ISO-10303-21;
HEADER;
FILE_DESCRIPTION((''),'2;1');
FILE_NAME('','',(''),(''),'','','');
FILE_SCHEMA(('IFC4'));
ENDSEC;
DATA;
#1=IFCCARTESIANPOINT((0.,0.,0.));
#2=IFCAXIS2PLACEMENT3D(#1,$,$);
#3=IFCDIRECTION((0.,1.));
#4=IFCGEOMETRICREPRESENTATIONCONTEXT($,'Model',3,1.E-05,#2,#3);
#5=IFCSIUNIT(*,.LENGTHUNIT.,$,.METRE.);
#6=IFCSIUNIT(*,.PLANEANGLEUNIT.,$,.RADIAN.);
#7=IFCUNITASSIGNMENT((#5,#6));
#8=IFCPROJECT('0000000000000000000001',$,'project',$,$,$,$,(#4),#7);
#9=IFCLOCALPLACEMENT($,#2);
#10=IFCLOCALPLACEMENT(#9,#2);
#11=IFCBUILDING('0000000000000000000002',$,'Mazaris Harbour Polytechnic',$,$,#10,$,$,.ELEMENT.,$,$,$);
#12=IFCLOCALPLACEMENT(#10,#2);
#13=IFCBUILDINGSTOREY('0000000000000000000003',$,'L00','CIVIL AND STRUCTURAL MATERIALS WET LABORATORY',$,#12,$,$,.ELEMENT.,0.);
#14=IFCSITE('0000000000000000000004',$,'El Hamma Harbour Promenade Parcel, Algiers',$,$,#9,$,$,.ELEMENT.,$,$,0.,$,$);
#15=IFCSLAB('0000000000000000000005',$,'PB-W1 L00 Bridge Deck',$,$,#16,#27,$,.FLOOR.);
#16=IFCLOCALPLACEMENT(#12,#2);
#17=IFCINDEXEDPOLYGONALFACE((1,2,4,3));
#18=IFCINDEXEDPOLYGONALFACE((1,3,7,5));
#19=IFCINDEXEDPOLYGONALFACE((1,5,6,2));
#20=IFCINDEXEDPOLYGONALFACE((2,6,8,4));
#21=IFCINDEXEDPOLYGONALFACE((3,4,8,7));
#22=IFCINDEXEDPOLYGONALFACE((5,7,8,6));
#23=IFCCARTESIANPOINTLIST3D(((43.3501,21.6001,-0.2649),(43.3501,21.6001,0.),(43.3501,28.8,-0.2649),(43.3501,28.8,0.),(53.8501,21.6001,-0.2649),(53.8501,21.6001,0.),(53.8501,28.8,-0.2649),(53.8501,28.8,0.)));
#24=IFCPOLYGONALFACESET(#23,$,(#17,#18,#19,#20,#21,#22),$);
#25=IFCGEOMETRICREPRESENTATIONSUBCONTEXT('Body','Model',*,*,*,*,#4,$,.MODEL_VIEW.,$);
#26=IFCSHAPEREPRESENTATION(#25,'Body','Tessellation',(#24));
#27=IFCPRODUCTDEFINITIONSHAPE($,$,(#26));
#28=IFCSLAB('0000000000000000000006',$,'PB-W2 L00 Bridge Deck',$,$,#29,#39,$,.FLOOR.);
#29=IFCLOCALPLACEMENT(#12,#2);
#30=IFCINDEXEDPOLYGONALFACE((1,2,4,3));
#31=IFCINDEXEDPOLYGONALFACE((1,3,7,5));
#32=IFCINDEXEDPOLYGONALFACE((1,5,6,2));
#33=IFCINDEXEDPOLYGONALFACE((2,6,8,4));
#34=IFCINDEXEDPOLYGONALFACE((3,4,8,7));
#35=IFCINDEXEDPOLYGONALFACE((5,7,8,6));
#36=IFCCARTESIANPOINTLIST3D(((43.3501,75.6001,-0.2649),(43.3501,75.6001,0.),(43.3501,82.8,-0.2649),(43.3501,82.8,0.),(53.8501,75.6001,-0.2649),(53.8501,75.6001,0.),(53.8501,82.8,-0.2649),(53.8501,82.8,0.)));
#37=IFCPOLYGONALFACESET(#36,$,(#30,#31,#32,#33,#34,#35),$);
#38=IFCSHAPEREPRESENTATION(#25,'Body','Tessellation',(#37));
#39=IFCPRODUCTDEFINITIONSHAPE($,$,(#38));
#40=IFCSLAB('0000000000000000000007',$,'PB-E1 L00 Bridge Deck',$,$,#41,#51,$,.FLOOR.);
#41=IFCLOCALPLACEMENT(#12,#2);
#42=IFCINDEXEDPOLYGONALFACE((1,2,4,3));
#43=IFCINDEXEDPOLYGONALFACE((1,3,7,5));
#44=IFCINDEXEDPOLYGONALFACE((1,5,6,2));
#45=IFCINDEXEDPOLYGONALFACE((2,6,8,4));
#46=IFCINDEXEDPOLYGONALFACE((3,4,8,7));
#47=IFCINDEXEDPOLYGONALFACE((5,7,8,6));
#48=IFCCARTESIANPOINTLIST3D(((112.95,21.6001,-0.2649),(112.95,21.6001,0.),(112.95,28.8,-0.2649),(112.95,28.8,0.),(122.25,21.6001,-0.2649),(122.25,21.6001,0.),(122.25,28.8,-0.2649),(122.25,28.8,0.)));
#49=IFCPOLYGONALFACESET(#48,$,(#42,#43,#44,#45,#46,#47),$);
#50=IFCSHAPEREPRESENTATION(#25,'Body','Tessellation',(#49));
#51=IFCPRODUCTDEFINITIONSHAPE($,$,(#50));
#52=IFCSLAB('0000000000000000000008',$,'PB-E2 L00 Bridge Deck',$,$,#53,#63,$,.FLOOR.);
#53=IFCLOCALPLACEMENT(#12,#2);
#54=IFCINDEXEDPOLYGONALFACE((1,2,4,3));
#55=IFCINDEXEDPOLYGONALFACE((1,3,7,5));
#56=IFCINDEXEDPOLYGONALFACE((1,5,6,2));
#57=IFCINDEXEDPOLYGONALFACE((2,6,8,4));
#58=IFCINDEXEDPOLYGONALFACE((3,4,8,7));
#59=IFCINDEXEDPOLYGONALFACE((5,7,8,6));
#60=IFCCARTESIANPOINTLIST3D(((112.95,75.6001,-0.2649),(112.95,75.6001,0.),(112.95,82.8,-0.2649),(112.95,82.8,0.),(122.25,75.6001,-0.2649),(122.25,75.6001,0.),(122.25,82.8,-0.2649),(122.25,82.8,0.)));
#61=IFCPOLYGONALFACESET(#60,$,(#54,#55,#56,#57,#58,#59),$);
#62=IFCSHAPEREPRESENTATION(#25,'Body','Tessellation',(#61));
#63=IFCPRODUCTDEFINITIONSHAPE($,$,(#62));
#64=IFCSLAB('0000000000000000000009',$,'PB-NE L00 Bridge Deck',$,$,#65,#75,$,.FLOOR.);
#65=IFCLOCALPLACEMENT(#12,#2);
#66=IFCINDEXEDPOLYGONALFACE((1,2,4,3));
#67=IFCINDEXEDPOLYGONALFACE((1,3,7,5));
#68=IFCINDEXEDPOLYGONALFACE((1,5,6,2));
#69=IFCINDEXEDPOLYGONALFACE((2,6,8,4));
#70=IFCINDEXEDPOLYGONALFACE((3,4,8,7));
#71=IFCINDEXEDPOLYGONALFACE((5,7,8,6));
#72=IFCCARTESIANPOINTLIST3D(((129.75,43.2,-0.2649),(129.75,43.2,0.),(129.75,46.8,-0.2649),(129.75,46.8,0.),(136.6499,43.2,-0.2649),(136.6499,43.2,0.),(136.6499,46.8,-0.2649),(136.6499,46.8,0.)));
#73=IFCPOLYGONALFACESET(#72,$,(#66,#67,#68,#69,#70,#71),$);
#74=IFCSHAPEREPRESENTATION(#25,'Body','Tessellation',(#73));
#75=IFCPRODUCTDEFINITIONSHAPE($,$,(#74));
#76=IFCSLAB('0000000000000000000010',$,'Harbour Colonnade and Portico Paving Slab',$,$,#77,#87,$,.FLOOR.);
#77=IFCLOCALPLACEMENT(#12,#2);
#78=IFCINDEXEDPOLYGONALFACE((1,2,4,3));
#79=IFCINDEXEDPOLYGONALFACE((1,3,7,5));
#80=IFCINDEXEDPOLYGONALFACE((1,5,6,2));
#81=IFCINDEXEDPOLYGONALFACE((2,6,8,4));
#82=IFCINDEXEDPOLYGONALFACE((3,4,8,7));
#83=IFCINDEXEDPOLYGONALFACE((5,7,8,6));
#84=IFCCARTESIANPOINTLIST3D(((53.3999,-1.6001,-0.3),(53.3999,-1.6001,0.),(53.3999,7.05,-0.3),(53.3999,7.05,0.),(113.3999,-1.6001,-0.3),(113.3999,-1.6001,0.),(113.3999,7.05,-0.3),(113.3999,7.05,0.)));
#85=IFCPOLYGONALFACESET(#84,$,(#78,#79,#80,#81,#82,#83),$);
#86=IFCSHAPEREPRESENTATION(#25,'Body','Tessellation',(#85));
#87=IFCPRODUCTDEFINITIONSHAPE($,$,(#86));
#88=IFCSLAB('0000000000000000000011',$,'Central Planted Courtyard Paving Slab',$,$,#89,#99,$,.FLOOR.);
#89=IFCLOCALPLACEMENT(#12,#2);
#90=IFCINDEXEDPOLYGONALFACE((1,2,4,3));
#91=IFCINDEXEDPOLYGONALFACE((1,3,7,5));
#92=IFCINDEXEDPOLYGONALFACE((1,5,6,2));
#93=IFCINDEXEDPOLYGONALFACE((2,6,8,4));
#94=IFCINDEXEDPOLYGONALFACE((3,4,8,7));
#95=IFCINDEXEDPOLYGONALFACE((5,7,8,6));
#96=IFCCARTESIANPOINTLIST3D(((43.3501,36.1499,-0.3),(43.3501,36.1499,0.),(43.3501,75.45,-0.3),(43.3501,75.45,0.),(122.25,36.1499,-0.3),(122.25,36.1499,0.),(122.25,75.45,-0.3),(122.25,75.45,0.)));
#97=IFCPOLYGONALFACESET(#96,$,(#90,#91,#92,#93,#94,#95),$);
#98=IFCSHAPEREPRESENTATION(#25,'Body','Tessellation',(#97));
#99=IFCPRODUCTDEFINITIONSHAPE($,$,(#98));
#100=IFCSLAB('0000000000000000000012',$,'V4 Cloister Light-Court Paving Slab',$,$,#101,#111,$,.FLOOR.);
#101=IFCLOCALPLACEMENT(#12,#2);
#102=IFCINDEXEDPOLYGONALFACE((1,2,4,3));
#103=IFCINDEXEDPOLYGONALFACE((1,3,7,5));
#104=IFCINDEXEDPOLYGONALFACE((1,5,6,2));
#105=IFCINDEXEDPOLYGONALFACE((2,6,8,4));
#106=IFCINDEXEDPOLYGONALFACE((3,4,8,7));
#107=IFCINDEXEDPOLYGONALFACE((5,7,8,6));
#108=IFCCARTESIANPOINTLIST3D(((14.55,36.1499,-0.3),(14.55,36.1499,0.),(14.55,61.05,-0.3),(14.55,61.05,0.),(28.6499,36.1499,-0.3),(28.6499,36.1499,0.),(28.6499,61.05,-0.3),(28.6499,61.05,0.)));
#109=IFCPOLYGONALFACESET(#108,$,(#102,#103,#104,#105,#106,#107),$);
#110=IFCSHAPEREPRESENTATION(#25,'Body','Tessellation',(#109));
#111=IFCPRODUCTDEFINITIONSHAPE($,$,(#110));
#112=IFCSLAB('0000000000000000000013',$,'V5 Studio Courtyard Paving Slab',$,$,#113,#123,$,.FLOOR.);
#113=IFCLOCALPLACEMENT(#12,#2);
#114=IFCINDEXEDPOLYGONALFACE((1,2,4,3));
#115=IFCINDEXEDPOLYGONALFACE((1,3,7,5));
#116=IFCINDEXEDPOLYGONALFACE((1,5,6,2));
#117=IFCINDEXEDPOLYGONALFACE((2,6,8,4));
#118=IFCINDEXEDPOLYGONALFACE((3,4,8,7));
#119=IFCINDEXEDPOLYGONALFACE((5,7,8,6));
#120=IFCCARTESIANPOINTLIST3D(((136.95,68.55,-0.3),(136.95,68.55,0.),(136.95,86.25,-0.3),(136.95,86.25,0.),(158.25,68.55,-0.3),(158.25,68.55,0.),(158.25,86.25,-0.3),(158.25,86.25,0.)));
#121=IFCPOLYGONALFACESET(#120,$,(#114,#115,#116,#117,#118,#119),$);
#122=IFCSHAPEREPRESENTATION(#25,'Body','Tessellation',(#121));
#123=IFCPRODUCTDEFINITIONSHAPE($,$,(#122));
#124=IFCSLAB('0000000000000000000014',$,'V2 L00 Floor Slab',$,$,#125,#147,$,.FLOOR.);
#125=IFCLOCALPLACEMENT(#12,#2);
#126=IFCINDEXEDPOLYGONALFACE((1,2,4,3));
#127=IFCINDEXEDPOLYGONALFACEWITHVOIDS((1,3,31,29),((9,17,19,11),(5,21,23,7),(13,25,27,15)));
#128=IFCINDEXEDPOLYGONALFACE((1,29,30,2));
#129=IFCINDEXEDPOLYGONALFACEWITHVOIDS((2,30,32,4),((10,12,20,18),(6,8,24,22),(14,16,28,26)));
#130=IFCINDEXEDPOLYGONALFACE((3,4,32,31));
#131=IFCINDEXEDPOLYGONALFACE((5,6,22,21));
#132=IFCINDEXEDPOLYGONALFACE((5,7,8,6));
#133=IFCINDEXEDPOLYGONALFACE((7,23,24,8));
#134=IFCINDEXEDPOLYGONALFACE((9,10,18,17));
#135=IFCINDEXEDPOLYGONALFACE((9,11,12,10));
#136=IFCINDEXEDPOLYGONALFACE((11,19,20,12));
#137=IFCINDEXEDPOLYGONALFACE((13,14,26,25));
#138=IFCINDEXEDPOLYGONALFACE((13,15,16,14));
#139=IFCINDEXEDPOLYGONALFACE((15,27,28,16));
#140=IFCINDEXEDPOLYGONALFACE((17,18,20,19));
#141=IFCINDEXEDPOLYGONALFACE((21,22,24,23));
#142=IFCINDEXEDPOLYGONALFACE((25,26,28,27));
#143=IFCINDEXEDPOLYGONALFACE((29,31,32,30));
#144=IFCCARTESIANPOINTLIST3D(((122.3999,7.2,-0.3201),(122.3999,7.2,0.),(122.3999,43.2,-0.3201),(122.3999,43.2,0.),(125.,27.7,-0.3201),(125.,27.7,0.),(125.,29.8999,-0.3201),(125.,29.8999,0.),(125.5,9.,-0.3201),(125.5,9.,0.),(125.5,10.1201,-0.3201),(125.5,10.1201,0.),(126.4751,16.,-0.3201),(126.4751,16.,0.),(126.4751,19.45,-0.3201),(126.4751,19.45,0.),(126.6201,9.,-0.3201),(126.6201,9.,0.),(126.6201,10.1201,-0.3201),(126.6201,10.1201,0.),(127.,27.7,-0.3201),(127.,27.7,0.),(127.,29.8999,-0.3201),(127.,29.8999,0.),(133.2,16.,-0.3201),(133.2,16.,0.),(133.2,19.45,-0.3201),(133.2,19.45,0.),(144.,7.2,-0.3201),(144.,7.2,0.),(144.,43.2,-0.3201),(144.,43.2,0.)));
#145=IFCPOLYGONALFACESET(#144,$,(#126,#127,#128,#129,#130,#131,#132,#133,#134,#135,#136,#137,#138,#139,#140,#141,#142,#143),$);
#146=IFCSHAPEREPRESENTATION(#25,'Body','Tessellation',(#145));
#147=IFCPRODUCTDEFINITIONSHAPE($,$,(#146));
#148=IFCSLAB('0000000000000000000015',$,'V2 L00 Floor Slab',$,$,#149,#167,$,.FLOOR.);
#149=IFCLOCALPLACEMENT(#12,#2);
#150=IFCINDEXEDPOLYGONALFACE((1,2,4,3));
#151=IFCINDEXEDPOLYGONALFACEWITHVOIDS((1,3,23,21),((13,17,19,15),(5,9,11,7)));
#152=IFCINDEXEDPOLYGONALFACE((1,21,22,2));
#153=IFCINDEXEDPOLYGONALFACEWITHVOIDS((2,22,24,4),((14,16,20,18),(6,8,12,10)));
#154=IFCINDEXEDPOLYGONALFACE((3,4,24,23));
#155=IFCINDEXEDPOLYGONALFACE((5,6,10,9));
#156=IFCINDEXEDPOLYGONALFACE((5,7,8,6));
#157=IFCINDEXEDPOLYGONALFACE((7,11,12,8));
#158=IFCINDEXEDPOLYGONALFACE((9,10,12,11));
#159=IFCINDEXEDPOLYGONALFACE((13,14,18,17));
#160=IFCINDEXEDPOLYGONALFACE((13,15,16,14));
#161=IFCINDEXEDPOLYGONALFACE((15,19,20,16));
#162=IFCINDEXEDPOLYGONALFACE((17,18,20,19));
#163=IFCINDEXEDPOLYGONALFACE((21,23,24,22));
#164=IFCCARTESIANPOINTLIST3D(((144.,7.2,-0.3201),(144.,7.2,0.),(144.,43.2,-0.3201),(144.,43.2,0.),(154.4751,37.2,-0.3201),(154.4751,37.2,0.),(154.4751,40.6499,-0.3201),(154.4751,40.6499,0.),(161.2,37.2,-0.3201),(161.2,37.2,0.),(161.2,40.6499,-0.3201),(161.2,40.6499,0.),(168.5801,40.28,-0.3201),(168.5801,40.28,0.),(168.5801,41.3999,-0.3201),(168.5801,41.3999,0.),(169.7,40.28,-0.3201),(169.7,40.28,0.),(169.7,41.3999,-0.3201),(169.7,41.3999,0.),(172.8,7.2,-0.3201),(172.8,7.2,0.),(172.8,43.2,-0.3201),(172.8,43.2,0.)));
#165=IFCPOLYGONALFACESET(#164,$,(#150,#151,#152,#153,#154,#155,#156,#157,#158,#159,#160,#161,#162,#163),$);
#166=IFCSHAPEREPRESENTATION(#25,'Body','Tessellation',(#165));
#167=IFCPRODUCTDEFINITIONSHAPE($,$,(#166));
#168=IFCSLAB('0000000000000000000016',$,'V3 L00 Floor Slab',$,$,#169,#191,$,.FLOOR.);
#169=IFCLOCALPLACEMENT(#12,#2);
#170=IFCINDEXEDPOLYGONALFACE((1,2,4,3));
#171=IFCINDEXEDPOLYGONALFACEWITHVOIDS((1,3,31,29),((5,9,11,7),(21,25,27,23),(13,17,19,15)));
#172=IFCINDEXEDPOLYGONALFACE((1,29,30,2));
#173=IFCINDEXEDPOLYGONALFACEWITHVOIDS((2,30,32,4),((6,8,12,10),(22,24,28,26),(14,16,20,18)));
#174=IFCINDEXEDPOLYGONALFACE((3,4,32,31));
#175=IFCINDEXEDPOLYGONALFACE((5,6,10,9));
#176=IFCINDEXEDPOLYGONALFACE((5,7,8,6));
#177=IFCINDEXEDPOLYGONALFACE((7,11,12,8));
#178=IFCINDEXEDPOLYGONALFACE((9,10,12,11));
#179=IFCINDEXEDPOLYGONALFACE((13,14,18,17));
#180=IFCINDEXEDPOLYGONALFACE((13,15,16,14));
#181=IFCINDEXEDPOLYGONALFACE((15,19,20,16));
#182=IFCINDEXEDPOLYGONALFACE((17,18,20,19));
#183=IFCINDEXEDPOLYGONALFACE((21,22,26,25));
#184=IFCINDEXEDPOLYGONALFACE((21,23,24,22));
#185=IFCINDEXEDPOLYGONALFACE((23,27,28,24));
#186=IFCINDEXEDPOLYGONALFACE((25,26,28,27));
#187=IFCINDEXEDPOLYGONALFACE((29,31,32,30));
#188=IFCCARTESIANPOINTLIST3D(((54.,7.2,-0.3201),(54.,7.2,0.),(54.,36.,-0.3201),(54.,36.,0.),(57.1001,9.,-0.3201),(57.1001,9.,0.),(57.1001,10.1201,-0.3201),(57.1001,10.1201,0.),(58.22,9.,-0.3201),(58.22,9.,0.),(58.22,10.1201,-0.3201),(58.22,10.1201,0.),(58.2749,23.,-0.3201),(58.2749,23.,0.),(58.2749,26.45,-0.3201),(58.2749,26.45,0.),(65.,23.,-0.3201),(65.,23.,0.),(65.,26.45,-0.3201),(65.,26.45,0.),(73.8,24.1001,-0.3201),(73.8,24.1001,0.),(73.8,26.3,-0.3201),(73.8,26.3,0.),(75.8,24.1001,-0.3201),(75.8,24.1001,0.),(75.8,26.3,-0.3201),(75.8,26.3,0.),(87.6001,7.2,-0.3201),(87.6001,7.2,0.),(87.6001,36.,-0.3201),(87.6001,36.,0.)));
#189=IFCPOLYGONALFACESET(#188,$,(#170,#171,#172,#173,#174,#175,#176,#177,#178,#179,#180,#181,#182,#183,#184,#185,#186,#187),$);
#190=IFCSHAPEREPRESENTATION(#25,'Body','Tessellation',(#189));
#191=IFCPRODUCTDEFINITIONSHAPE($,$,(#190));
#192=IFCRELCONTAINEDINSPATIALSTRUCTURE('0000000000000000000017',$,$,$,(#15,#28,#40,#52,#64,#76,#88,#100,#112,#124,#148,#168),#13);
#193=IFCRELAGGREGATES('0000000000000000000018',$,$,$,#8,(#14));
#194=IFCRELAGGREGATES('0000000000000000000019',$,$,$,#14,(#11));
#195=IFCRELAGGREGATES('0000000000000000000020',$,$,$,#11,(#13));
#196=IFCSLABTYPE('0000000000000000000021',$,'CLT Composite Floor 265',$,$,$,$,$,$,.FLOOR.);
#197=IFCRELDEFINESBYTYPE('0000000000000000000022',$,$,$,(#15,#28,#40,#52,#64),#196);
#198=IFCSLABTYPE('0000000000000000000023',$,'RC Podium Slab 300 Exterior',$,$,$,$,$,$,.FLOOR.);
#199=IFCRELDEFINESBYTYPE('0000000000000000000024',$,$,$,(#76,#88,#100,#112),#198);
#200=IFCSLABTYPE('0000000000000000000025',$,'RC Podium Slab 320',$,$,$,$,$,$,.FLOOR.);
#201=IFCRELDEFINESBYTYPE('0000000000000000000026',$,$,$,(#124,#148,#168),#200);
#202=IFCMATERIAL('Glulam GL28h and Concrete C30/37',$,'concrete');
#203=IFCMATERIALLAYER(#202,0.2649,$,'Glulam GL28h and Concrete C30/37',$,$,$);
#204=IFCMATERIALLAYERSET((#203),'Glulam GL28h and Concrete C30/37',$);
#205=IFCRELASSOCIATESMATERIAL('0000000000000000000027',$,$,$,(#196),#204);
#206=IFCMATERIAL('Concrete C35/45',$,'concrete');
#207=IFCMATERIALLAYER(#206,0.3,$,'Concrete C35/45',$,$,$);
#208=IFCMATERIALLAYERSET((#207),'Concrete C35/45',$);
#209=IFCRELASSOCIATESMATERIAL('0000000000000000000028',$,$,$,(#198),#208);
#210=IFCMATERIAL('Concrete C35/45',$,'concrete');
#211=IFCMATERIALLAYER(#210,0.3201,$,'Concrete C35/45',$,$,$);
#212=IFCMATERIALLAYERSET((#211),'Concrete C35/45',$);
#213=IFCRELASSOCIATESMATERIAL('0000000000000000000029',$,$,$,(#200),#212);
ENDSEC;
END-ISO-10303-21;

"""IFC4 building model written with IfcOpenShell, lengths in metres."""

from ifc_helpers import new_model, si_unit, direction, frame, origin, place, context, subcontext, project, spatial, polyline, outline, extrude, material, layer, layer_set, type_object, element, save


model = new_model("IFC4")

# Units and contexts
model_context = context("Model", 3, precision=1e-05, world=origin(), true_north=direction((0.0, 1.0)))
body_context = subcontext(model_context, "Body", "Model", "MODEL_VIEW")
ifc_project = project(units=[si_unit("LENGTHUNIT", "METRE"), si_unit("PLANEANGLEUNIT", "RADIAN")], contexts=[model_context])

# Site, building, storey
site_placement = place(None, origin())
site = spatial("IfcSite", under=ifc_project, at=site_placement, Name="El Hamma Harbour Promenade Parcel, Algiers", CompositionType="ELEMENT", RefElevation=0.0)
building_placement = place(site_placement, origin())
building = spatial("IfcBuilding", under=site, at=building_placement, Name="Mazaris Harbour Polytechnic", CompositionType="ELEMENT")
storey_placement = place(building_placement, origin())
storey = spatial("IfcBuildingStorey", under=building, at=storey_placement, Name="L00", Description="CIVIL AND STRUCTURAL MATERIALS WET LABORATORY", CompositionType="ELEMENT", Elevation=0.0)

# Slabs
ifc_material_1 = material(Name="Glulam GL28h and Concrete C30/37", Category="concrete")
ifc_layer_1 = layer(ifc_material_1, 0.2649, Name="Glulam GL28h and Concrete C30/37")
ifc_layer_set_1 = layer_set([ifc_layer_1], Name="Glulam GL28h and Concrete C30/37")
slab_type_1 = type_object("IfcSlabType", Name="CLT Composite Floor 265", PredefinedType="FLOOR", material=ifc_layer_set_1)
slab_1_placement = place(storey_placement, frame((0.0, 0.0, -0.2649)))
element("IfcSlab", 1, at=slab_1_placement, inside=storey, type_object=slab_type_1, Name="PB-W1 L00 Bridge Deck", PredefinedType="FLOOR", context=body_context, shape_type="SweptSolid", body=[
    extrude(outline(polyline([(53.8501, 21.6001), (53.8501, 28.8), (43.3501, 28.8), (43.3501, 21.6001), (53.8501, 21.6001)])), origin(), (0.0, 0.0, 1.0), 0.2649),
])
slab_2_placement = place(storey_placement, frame((0.0, 0.0, -0.2649)))
element("IfcSlab", 2, at=slab_2_placement, inside=storey, type_object=slab_type_1, Name="PB-W2 L00 Bridge Deck", PredefinedType="FLOOR", context=body_context, shape_type="SweptSolid", body=[
    extrude(outline(polyline([(53.8501, 75.6001), (53.8501, 82.8), (43.3501, 82.8), (43.3501, 75.6001), (53.8501, 75.6001)])), origin(), (0.0, 0.0, 1.0), 0.2649),
])
slab_3_placement = place(storey_placement, frame((0.0, 0.0, -0.2649)))
element("IfcSlab", 3, at=slab_3_placement, inside=storey, type_object=slab_type_1, Name="PB-E1 L00 Bridge Deck", PredefinedType="FLOOR", context=body_context, shape_type="SweptSolid", body=[
    extrude(outline(polyline([(122.25, 21.6001), (122.25, 28.8), (112.95, 28.8), (112.95, 21.6001), (122.25, 21.6001)])), origin(), (0.0, 0.0, 1.0), 0.2649),
])
slab_4_placement = place(storey_placement, frame((0.0, 0.0, -0.2649)))
element("IfcSlab", 4, at=slab_4_placement, inside=storey, type_object=slab_type_1, Name="PB-E2 L00 Bridge Deck", PredefinedType="FLOOR", context=body_context, shape_type="SweptSolid", body=[
    extrude(outline(polyline([(122.25, 75.6001), (122.25, 82.8), (112.95, 82.8), (112.95, 75.6001), (122.25, 75.6001)])), origin(), (0.0, 0.0, 1.0), 0.2649),
])
slab_5_placement = place(storey_placement, frame((0.0, 0.0, -0.2649)))
element("IfcSlab", 5, at=slab_5_placement, inside=storey, type_object=slab_type_1, Name="PB-NE L00 Bridge Deck", PredefinedType="FLOOR", context=body_context, shape_type="SweptSolid", body=[
    extrude(outline(polyline([(136.6499, 43.2), (136.6499, 46.8), (129.75, 46.8), (129.75, 43.2), (136.6499, 43.2)])), origin(), (0.0, 0.0, 1.0), 0.2649),
])
ifc_material_2 = material(Name="Concrete C35/45", Category="concrete")
ifc_layer_2 = layer(ifc_material_2, 0.3, Name="Concrete C35/45")
ifc_layer_set_2 = layer_set([ifc_layer_2], Name="Concrete C35/45")
slab_type_2 = type_object("IfcSlabType", Name="RC Podium Slab 300 Exterior", PredefinedType="FLOOR", material=ifc_layer_set_2)
slab_6_placement = place(storey_placement, frame((0.0, 0.0, -0.3)))
element("IfcSlab", 6, at=slab_6_placement, inside=storey, type_object=slab_type_2, Name="Harbour Colonnade and Portico Paving Slab", PredefinedType="FLOOR", context=body_context, shape_type="SweptSolid", body=[
    extrude(outline(polyline([(113.3999, -1.6001), (113.3999, 7.05), (53.3999, 7.05), (53.3999, -1.6001), (113.3999, -1.6001)])), origin(), (0.0, 0.0, 1.0), 0.3),
])
slab_7_placement = place(storey_placement, frame((0.0, 0.0, -0.3)))
element("IfcSlab", 7, at=slab_7_placement, inside=storey, type_object=slab_type_2, Name="Central Planted Courtyard Paving Slab", PredefinedType="FLOOR", context=body_context, shape_type="SweptSolid", body=[
    extrude(outline(polyline([(122.25, 36.1499), (122.25, 75.45), (43.3501, 75.45), (43.3501, 36.1499), (122.25, 36.1499)])), origin(), (0.0, 0.0, 1.0), 0.3),
])
slab_8_placement = place(storey_placement, frame((0.0, 0.0, -0.3)))
element("IfcSlab", 8, at=slab_8_placement, inside=storey, type_object=slab_type_2, Name="V4 Cloister Light-Court Paving Slab", PredefinedType="FLOOR", context=body_context, shape_type="SweptSolid", body=[
    extrude(outline(polyline([(28.6499, 36.1499), (28.6499, 61.05), (14.55, 61.05), (14.55, 36.1499), (28.6499, 36.1499)])), origin(), (0.0, 0.0, 1.0), 0.3),
])
slab_9_placement = place(storey_placement, frame((0.0, 0.0, -0.3)))
element("IfcSlab", 9, at=slab_9_placement, inside=storey, type_object=slab_type_2, Name="V5 Studio Courtyard Paving Slab", PredefinedType="FLOOR", context=body_context, shape_type="SweptSolid", body=[
    extrude(outline(polyline([(158.25, 68.55), (158.25, 86.25), (136.95, 86.25), (136.95, 68.55), (158.25, 68.55)])), origin(), (0.0, 0.0, 1.0), 0.3),
])
ifc_material_3 = material(Name="Concrete C35/45", Category="concrete")
ifc_layer_3 = layer(ifc_material_3, 0.3201, Name="Concrete C35/45")
ifc_layer_set_3 = layer_set([ifc_layer_3], Name="Concrete C35/45")
slab_type_3 = type_object("IfcSlabType", Name="RC Podium Slab 320", PredefinedType="FLOOR", material=ifc_layer_set_3)
slab_10_placement = place(storey_placement, frame((0.0, 0.0, -0.3201)))
element("IfcSlab", 10, at=slab_10_placement, inside=storey, type_object=slab_type_3, Name="V2 L00 Floor Slab", PredefinedType="FLOOR", context=body_context, shape_type="SweptSolid", body=[
    extrude(outline(polyline([(122.3999, 43.2), (144.0, 43.2), (144.0, 7.2), (122.3999, 7.2), (122.3999, 43.2)]), holes=[polyline([(126.4751, 19.45), (126.4751, 16.0), (133.2, 16.0), (133.2, 19.45), (126.4751, 19.45)]), polyline([(127.0, 27.7), (127.0, 29.8999), (125.0, 29.8999), (125.0, 27.7), (127.0, 27.7)]), polyline([(125.5, 9.0), (126.6201, 9.0), (126.6201, 10.1201), (125.5, 10.1201), (125.5, 9.0)])]), origin(), (0.0, 0.0, 1.0), 0.3201),
])
slab_11_placement = place(storey_placement, frame((0.0, 0.0, -0.3201)))
element("IfcSlab", 11, at=slab_11_placement, inside=storey, type_object=slab_type_3, Name="V2 L00 Floor Slab", PredefinedType="FLOOR", context=body_context, shape_type="SweptSolid", body=[
    extrude(outline(polyline([(172.8, 43.2), (172.8, 7.2), (144.0, 7.2), (144.0, 43.2), (172.8, 43.2)]), holes=[polyline([(161.2, 40.6499), (154.4751, 40.6499), (154.4751, 37.2), (161.2, 37.2), (161.2, 40.6499)]), polyline([(168.5801, 41.3999), (168.5801, 40.28), (169.7, 40.28), (169.7, 41.3999), (168.5801, 41.3999)])]), origin(), (0.0, 0.0, 1.0), 0.3201),
])
slab_12_placement = place(storey_placement, frame((0.0, 0.0, -0.3201)))
element("IfcSlab", 12, at=slab_12_placement, inside=storey, type_object=slab_type_3, Name="V3 L00 Floor Slab", PredefinedType="FLOOR", context=body_context, shape_type="SweptSolid", body=[
    extrude(outline(polyline([(54.0, 36.0), (87.6001, 36.0), (87.6001, 7.2), (54.0, 7.2), (54.0, 36.0)]), holes=[polyline([(58.2749, 26.45), (58.2749, 23.0), (65.0, 23.0), (65.0, 26.45), (58.2749, 26.45)]), polyline([(75.8, 24.1001), (75.8, 26.3), (73.8, 26.3), (73.8, 24.1001), (75.8, 24.1001)]), polyline([(57.1001, 9.0), (58.22, 9.0), (58.22, 10.1201), (57.1001, 10.1201), (57.1001, 9.0)])]), origin(), (0.0, 0.0, 1.0), 0.3201),
])

save(model, "model.ifc")
